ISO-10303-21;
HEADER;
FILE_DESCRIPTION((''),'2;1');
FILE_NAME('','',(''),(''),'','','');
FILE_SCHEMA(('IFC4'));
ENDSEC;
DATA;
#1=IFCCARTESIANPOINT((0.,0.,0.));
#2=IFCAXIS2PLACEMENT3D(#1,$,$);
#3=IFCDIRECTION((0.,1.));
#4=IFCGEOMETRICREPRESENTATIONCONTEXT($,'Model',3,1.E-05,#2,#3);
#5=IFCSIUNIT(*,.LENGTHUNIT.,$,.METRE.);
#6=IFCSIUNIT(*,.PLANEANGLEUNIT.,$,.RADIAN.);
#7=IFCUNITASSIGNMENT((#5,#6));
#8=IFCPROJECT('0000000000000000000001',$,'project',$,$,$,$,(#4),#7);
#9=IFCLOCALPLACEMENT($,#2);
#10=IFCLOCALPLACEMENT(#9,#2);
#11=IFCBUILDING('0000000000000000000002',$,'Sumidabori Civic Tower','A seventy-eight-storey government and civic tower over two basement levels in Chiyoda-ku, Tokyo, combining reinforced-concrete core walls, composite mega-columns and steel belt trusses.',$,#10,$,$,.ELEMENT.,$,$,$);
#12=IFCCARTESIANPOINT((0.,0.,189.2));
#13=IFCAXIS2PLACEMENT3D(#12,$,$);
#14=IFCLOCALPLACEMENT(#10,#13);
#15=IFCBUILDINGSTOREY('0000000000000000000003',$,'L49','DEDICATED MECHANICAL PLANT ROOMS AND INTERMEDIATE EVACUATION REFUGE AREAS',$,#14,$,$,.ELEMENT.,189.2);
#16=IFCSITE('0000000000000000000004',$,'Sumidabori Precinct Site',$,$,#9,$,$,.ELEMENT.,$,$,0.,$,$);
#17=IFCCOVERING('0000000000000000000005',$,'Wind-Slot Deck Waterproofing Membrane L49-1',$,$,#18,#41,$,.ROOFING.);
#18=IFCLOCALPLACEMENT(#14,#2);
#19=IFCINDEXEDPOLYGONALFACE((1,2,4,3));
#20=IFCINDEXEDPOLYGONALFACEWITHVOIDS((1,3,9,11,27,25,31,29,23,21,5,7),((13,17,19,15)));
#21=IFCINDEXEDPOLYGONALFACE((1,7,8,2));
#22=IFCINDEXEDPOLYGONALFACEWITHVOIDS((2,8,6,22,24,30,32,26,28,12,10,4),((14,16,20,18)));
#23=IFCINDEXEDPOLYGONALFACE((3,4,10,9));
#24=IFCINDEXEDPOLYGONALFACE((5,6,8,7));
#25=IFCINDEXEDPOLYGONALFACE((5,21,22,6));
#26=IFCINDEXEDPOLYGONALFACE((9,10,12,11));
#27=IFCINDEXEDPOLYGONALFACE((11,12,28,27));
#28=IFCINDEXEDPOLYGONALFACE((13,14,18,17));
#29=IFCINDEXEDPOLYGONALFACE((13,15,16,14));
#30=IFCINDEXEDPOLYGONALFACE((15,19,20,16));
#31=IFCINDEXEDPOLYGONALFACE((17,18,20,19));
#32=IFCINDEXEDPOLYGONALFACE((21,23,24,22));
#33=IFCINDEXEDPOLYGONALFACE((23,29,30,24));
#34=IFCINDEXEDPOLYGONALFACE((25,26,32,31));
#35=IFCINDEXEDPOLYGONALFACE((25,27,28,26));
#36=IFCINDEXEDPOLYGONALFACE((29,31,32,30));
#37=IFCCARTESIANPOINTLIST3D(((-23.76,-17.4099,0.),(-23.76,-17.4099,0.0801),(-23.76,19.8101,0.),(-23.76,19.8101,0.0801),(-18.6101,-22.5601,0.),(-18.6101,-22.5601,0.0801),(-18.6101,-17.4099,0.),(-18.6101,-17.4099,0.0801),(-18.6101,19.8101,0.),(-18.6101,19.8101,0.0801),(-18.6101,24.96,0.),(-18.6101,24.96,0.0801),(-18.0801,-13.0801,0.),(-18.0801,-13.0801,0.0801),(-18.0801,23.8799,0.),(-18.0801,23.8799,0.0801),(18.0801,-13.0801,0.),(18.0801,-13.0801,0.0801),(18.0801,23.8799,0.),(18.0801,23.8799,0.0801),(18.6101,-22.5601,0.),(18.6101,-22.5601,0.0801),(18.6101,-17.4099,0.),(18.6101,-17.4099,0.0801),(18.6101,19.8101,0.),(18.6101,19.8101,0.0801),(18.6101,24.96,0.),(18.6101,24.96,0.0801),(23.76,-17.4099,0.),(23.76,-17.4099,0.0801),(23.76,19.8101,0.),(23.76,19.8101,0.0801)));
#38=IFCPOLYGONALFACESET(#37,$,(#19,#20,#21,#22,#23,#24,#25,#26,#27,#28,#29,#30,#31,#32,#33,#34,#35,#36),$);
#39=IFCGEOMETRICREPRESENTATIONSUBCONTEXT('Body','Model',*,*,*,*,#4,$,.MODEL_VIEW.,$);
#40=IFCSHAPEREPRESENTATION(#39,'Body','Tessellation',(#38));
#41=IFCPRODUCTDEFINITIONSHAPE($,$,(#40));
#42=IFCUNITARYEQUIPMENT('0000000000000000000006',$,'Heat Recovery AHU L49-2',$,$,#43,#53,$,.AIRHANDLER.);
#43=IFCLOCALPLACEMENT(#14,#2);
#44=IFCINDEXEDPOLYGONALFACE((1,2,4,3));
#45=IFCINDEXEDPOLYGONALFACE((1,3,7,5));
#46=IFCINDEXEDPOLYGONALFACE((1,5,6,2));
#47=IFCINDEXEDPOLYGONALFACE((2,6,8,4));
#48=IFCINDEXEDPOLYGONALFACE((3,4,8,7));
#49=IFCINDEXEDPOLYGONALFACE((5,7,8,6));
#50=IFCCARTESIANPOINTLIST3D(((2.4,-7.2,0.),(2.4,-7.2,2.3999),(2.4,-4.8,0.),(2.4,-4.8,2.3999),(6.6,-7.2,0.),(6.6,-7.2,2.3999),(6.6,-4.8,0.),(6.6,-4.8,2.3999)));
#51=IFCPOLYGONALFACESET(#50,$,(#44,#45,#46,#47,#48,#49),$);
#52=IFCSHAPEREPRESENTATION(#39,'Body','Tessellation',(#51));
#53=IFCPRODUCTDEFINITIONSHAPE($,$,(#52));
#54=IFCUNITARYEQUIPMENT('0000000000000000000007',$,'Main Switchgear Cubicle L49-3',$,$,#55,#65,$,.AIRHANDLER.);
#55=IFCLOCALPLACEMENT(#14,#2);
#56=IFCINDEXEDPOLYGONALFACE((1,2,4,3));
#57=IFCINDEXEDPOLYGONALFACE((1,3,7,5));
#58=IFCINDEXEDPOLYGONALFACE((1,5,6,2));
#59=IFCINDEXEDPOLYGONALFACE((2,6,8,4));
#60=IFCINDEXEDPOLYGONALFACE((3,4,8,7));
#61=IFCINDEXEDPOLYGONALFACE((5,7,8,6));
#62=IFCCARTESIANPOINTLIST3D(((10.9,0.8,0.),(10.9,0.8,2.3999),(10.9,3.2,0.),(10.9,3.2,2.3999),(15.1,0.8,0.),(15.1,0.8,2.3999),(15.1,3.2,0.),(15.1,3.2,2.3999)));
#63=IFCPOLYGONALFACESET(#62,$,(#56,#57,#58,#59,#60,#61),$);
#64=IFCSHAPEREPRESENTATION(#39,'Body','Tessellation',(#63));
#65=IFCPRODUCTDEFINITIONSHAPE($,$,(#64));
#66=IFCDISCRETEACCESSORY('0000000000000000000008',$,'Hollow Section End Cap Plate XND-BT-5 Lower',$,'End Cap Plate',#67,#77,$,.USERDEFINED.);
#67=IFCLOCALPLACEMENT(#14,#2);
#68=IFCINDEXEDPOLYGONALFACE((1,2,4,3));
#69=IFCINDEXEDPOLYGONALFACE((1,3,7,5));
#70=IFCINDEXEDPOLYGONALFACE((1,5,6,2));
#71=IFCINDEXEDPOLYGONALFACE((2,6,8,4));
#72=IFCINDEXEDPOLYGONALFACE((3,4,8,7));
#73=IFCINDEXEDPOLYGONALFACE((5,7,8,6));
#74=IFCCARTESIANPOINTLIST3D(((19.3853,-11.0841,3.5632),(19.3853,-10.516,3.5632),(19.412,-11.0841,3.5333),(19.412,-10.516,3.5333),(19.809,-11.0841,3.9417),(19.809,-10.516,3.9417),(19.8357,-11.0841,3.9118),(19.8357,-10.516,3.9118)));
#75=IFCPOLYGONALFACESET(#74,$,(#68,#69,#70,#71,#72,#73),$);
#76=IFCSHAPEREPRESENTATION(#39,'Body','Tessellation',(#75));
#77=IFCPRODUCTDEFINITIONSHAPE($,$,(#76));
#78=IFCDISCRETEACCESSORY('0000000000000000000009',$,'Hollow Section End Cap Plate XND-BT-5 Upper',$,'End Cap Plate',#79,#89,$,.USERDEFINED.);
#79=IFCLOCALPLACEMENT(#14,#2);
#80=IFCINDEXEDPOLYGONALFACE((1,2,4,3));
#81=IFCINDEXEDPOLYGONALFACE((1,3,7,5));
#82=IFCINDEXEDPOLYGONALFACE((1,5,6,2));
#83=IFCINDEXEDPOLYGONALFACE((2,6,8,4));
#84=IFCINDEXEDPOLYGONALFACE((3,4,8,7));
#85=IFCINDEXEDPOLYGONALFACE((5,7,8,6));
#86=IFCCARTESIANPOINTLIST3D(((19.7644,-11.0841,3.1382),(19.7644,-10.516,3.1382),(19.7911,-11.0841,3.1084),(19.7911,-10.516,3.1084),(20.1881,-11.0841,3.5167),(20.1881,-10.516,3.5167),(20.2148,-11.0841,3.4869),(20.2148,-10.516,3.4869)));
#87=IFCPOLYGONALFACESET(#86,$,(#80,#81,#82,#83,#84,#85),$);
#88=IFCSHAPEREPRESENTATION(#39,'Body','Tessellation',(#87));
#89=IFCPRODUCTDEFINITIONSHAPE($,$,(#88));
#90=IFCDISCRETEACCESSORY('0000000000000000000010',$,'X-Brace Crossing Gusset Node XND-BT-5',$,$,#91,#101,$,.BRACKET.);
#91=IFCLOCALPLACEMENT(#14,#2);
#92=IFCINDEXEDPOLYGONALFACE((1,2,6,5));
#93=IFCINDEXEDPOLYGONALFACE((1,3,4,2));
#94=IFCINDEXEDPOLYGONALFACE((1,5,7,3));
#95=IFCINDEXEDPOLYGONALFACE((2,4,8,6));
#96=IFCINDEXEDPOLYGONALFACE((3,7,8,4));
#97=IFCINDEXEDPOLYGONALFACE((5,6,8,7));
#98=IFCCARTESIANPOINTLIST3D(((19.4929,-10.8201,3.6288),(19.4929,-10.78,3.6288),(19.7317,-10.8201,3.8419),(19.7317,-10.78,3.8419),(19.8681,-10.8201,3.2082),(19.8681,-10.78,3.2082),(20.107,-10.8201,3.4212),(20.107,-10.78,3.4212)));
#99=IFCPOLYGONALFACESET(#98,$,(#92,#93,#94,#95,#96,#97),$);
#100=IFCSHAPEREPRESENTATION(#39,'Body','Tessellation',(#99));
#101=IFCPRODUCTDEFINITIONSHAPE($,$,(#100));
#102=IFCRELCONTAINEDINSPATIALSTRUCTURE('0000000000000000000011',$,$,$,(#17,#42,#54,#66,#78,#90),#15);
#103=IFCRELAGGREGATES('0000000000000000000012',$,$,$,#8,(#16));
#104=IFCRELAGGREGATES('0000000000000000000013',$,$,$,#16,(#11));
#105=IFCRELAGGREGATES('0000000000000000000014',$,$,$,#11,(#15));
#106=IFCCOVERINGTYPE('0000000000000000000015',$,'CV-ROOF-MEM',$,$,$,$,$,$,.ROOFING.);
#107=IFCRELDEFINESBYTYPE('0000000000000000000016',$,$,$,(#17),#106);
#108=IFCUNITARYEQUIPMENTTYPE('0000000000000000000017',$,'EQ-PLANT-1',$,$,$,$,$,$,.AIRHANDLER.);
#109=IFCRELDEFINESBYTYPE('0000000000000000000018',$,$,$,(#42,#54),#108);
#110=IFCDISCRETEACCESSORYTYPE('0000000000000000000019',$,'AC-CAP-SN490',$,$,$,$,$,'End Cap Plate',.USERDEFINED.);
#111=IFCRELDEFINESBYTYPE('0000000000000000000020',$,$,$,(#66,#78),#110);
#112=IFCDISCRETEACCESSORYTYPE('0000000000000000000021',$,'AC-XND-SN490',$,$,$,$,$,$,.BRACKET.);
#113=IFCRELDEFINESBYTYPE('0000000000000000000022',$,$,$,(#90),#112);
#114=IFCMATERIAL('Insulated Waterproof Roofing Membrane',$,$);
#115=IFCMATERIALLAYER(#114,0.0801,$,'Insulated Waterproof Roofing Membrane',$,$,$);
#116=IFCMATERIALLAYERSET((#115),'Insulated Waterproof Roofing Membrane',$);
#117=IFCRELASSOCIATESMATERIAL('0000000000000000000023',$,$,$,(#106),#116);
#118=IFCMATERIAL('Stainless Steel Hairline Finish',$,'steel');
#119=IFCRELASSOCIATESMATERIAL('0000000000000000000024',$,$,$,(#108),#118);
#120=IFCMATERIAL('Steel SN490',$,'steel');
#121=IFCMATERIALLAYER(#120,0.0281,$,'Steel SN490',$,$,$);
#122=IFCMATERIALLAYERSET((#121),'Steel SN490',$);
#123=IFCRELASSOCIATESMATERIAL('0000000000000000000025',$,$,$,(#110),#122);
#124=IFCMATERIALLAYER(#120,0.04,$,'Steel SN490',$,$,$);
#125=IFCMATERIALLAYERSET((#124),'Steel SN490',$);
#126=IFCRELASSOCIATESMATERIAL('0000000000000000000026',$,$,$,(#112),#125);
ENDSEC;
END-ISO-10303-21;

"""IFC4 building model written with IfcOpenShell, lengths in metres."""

from ifc_helpers import new_model, si_unit, direction, frame, origin, origin_2d, place, context, subcontext, project, spatial, polyline, rectangle, outline, extrude, source, transform, mapped, material, layer, layer_set, type_object, element, save


model = new_model("IFC4")

# Units and contexts
model_context = context("Model", 3, precision=1e-05, world=origin(), true_north=direction((0.0, 1.0)))
body_context = subcontext(model_context, "Body", "Model", "MODEL_VIEW")
ifc_project = project(units=[si_unit("LENGTHUNIT", "METRE"), si_unit("PLANEANGLEUNIT", "RADIAN")], contexts=[model_context])

# Site, building, storey
site_placement = place(None, origin())
site = spatial("IfcSite", under=ifc_project, at=site_placement, Name="Sumidabori Precinct Site", CompositionType="ELEMENT", RefElevation=0.0)
building_placement = place(site_placement, origin())
building = spatial("IfcBuilding", under=site, at=building_placement, Name="Sumidabori Civic Tower", Description="A seventy-eight-storey government and civic tower over two basement levels in Chiyoda-ku, Tokyo, combining reinforced-concrete core walls, composite mega-columns and steel belt trusses.", CompositionType="ELEMENT")
storey_placement = place(building_placement, frame((0.0, 0.0, 189.2)))
storey = spatial("IfcBuildingStorey", under=building, at=storey_placement, Name="L49", Description="DEDICATED MECHANICAL PLANT ROOMS AND INTERMEDIATE EVACUATION REFUGE AREAS", CompositionType="ELEMENT", Elevation=189.2)

# Shared definitions
ifc_material_1 = material(Name="Steel SN490", Category="steel")

# Covering
ifc_material_2 = material(Name="Insulated Waterproof Roofing Membrane")
ifc_layer_1 = layer(ifc_material_2, 0.0801, Name="Insulated Waterproof Roofing Membrane")
ifc_layer_set_1 = layer_set([ifc_layer_1], Name="Insulated Waterproof Roofing Membrane")
covering_type = type_object("IfcCoveringType", Name="CV-ROOF-MEM", PredefinedType="ROOFING", material=ifc_layer_set_1)
covering_placement = place(storey_placement, origin())
element("IfcCovering", 1, at=covering_placement, inside=storey, type_object=covering_type, Name="Wind-Slot Deck Waterproofing Membrane L49-1", PredefinedType="ROOFING", context=body_context, shape_type="SweptSolid", body=[
    extrude(outline(polyline([(-18.6101, -17.4099), (-23.76, -17.4099), (-23.76, 19.8101), (-18.6101, 19.8101), (-18.6101, 24.96), (18.6101, 24.96), (18.6101, 19.8101), (23.76, 19.8101), (23.76, -17.4099), (18.6101, -17.4099), (18.6101, -22.5601), (-18.6101, -22.5601), (-18.6101, -17.4099)]), holes=[polyline([(18.0801, 23.8799), (-18.0801, 23.8799), (-18.0801, -13.0801), (18.0801, -13.0801), (18.0801, 23.8799)])]), origin(), (0.0, 0.0, 1.0), 0.0801),
])

# Unitary equipment
ifc_material_3 = material(Name="Stainless Steel Hairline Finish", Category="steel")
unitary_equipment_type = type_object("IfcUnitaryEquipmentType", Name="EQ-PLANT-1", PredefinedType="AIRHANDLER", material=ifc_material_3)
shared_shape_1 = source(origin(), body_context, "Body", "SweptSolid", [
    extrude(rectangle(XDim=4.2, YDim=2.3999, at=origin_2d()), origin(), (0.0, 0.0, 1.0), 2.3999),
])
for number, where, z_axis, x_axis, name in (
    (2, (4.5, -6.0, 0.0), (0.0, 0.0, 1.0), (1.0, 0.0, 0.0), "Heat Recovery AHU L49-2"),
    (3, (13.0, 2.0, 0.0), (0.0, 0.0, 1.0), (1.0, 0.0, 0.0), "Main Switchgear Cubicle L49-3"),
):
    element("IfcUnitaryEquipment", number, at=place(storey_placement, frame(where, z_axis=z_axis, x_axis=x_axis)), inside=storey, type_object=unitary_equipment_type, Name=name, PredefinedType="AIRHANDLER", context=body_context, shape_type="MappedRepresentation", body=[
        mapped(shared_shape_1, transform((0.0, 0.0, 0.0), x_axis=(1.0, 0.0, 0.0), y_axis=(0.0, 1.0, 0.0), z_axis=(0.0, 0.0, 1.0), scale=1.0)),
    ])

# Discrete accessories
ifc_layer_2 = layer(ifc_material_1, 0.0281, Name="Steel SN490")
ifc_layer_set_2 = layer_set([ifc_layer_2], Name="Steel SN490")
discrete_accessory_type_1 = type_object("IfcDiscreteAccessoryType", Name="AC-CAP-SN490", ElementType="End Cap Plate", PredefinedType="USERDEFINED", material=ifc_layer_set_2)
shared_shape_2 = source(origin(), body_context, "Body", "SweptSolid", [
    extrude(rectangle(XDim=0.5681, YDim=0.5681, at=origin_2d()), origin(), (0.0, 0.0, 1.0), 0.04),
])
for number, where, z_axis, x_axis, name in (
    (4, (19.5972, -10.8, 3.7524), (0.666259, 0.0, -0.745721), (0.0, 1.0, 0.0), "Hollow Section End Cap Plate XND-BT-5 Lower"),
    (5, (20.0029, -10.8, 3.2976), (-0.666259, 0.0, 0.745721), (0.0, -1.0, 0.0), "Hollow Section End Cap Plate XND-BT-5 Upper"),
):
    element("IfcDiscreteAccessory", number, at=place(storey_placement, frame(where, z_axis=z_axis, x_axis=x_axis)), inside=storey, type_object=discrete_accessory_type_1, Name=name, ObjectType="End Cap Plate", PredefinedType="USERDEFINED", context=body_context, shape_type="MappedRepresentation", body=[
        mapped(shared_shape_2, transform((0.0, 0.0, 0.0), x_axis=(1.0, 0.0, 0.0), y_axis=(0.0, 1.0, 0.0), z_axis=(0.0, 0.0, 1.0), scale=1.0)),
    ])
ifc_layer_3 = layer(ifc_material_1, 0.04, Name="Steel SN490")
ifc_layer_set_3 = layer_set([ifc_layer_3], Name="Steel SN490")
discrete_accessory_type_2 = type_object("IfcDiscreteAccessoryType", Name="AC-XND-SN490", PredefinedType="BRACKET", material=ifc_layer_set_3)
shared_shape_3 = source(origin(), body_context, "Body", "SweptSolid", [
    extrude(rectangle(XDim=0.04, YDim=0.3201, at=origin_2d()), origin(), (0.0, 0.0, 1.0), 0.5637),
])
discrete_accessory_placement = place(storey_placement, frame((19.6123, -10.8, 3.7354), z_axis=(0.66568, 0.0, -0.746237), x_axis=(0.0, 1.0, 0.0)))
element("IfcDiscreteAccessory", 6, at=discrete_accessory_placement, inside=storey, type_object=discrete_accessory_type_2, Name="X-Brace Crossing Gusset Node XND-BT-5", PredefinedType="BRACKET", context=body_context, shape_type="MappedRepresentation", body=[
    mapped(shared_shape_3, transform((0.0, 0.0, 0.0), x_axis=(1.0, 0.0, 0.0), y_axis=(0.0, 1.0, 0.0), z_axis=(0.0, 0.0, 1.0), scale=1.0)),
])

save(model, "model.ifc")
